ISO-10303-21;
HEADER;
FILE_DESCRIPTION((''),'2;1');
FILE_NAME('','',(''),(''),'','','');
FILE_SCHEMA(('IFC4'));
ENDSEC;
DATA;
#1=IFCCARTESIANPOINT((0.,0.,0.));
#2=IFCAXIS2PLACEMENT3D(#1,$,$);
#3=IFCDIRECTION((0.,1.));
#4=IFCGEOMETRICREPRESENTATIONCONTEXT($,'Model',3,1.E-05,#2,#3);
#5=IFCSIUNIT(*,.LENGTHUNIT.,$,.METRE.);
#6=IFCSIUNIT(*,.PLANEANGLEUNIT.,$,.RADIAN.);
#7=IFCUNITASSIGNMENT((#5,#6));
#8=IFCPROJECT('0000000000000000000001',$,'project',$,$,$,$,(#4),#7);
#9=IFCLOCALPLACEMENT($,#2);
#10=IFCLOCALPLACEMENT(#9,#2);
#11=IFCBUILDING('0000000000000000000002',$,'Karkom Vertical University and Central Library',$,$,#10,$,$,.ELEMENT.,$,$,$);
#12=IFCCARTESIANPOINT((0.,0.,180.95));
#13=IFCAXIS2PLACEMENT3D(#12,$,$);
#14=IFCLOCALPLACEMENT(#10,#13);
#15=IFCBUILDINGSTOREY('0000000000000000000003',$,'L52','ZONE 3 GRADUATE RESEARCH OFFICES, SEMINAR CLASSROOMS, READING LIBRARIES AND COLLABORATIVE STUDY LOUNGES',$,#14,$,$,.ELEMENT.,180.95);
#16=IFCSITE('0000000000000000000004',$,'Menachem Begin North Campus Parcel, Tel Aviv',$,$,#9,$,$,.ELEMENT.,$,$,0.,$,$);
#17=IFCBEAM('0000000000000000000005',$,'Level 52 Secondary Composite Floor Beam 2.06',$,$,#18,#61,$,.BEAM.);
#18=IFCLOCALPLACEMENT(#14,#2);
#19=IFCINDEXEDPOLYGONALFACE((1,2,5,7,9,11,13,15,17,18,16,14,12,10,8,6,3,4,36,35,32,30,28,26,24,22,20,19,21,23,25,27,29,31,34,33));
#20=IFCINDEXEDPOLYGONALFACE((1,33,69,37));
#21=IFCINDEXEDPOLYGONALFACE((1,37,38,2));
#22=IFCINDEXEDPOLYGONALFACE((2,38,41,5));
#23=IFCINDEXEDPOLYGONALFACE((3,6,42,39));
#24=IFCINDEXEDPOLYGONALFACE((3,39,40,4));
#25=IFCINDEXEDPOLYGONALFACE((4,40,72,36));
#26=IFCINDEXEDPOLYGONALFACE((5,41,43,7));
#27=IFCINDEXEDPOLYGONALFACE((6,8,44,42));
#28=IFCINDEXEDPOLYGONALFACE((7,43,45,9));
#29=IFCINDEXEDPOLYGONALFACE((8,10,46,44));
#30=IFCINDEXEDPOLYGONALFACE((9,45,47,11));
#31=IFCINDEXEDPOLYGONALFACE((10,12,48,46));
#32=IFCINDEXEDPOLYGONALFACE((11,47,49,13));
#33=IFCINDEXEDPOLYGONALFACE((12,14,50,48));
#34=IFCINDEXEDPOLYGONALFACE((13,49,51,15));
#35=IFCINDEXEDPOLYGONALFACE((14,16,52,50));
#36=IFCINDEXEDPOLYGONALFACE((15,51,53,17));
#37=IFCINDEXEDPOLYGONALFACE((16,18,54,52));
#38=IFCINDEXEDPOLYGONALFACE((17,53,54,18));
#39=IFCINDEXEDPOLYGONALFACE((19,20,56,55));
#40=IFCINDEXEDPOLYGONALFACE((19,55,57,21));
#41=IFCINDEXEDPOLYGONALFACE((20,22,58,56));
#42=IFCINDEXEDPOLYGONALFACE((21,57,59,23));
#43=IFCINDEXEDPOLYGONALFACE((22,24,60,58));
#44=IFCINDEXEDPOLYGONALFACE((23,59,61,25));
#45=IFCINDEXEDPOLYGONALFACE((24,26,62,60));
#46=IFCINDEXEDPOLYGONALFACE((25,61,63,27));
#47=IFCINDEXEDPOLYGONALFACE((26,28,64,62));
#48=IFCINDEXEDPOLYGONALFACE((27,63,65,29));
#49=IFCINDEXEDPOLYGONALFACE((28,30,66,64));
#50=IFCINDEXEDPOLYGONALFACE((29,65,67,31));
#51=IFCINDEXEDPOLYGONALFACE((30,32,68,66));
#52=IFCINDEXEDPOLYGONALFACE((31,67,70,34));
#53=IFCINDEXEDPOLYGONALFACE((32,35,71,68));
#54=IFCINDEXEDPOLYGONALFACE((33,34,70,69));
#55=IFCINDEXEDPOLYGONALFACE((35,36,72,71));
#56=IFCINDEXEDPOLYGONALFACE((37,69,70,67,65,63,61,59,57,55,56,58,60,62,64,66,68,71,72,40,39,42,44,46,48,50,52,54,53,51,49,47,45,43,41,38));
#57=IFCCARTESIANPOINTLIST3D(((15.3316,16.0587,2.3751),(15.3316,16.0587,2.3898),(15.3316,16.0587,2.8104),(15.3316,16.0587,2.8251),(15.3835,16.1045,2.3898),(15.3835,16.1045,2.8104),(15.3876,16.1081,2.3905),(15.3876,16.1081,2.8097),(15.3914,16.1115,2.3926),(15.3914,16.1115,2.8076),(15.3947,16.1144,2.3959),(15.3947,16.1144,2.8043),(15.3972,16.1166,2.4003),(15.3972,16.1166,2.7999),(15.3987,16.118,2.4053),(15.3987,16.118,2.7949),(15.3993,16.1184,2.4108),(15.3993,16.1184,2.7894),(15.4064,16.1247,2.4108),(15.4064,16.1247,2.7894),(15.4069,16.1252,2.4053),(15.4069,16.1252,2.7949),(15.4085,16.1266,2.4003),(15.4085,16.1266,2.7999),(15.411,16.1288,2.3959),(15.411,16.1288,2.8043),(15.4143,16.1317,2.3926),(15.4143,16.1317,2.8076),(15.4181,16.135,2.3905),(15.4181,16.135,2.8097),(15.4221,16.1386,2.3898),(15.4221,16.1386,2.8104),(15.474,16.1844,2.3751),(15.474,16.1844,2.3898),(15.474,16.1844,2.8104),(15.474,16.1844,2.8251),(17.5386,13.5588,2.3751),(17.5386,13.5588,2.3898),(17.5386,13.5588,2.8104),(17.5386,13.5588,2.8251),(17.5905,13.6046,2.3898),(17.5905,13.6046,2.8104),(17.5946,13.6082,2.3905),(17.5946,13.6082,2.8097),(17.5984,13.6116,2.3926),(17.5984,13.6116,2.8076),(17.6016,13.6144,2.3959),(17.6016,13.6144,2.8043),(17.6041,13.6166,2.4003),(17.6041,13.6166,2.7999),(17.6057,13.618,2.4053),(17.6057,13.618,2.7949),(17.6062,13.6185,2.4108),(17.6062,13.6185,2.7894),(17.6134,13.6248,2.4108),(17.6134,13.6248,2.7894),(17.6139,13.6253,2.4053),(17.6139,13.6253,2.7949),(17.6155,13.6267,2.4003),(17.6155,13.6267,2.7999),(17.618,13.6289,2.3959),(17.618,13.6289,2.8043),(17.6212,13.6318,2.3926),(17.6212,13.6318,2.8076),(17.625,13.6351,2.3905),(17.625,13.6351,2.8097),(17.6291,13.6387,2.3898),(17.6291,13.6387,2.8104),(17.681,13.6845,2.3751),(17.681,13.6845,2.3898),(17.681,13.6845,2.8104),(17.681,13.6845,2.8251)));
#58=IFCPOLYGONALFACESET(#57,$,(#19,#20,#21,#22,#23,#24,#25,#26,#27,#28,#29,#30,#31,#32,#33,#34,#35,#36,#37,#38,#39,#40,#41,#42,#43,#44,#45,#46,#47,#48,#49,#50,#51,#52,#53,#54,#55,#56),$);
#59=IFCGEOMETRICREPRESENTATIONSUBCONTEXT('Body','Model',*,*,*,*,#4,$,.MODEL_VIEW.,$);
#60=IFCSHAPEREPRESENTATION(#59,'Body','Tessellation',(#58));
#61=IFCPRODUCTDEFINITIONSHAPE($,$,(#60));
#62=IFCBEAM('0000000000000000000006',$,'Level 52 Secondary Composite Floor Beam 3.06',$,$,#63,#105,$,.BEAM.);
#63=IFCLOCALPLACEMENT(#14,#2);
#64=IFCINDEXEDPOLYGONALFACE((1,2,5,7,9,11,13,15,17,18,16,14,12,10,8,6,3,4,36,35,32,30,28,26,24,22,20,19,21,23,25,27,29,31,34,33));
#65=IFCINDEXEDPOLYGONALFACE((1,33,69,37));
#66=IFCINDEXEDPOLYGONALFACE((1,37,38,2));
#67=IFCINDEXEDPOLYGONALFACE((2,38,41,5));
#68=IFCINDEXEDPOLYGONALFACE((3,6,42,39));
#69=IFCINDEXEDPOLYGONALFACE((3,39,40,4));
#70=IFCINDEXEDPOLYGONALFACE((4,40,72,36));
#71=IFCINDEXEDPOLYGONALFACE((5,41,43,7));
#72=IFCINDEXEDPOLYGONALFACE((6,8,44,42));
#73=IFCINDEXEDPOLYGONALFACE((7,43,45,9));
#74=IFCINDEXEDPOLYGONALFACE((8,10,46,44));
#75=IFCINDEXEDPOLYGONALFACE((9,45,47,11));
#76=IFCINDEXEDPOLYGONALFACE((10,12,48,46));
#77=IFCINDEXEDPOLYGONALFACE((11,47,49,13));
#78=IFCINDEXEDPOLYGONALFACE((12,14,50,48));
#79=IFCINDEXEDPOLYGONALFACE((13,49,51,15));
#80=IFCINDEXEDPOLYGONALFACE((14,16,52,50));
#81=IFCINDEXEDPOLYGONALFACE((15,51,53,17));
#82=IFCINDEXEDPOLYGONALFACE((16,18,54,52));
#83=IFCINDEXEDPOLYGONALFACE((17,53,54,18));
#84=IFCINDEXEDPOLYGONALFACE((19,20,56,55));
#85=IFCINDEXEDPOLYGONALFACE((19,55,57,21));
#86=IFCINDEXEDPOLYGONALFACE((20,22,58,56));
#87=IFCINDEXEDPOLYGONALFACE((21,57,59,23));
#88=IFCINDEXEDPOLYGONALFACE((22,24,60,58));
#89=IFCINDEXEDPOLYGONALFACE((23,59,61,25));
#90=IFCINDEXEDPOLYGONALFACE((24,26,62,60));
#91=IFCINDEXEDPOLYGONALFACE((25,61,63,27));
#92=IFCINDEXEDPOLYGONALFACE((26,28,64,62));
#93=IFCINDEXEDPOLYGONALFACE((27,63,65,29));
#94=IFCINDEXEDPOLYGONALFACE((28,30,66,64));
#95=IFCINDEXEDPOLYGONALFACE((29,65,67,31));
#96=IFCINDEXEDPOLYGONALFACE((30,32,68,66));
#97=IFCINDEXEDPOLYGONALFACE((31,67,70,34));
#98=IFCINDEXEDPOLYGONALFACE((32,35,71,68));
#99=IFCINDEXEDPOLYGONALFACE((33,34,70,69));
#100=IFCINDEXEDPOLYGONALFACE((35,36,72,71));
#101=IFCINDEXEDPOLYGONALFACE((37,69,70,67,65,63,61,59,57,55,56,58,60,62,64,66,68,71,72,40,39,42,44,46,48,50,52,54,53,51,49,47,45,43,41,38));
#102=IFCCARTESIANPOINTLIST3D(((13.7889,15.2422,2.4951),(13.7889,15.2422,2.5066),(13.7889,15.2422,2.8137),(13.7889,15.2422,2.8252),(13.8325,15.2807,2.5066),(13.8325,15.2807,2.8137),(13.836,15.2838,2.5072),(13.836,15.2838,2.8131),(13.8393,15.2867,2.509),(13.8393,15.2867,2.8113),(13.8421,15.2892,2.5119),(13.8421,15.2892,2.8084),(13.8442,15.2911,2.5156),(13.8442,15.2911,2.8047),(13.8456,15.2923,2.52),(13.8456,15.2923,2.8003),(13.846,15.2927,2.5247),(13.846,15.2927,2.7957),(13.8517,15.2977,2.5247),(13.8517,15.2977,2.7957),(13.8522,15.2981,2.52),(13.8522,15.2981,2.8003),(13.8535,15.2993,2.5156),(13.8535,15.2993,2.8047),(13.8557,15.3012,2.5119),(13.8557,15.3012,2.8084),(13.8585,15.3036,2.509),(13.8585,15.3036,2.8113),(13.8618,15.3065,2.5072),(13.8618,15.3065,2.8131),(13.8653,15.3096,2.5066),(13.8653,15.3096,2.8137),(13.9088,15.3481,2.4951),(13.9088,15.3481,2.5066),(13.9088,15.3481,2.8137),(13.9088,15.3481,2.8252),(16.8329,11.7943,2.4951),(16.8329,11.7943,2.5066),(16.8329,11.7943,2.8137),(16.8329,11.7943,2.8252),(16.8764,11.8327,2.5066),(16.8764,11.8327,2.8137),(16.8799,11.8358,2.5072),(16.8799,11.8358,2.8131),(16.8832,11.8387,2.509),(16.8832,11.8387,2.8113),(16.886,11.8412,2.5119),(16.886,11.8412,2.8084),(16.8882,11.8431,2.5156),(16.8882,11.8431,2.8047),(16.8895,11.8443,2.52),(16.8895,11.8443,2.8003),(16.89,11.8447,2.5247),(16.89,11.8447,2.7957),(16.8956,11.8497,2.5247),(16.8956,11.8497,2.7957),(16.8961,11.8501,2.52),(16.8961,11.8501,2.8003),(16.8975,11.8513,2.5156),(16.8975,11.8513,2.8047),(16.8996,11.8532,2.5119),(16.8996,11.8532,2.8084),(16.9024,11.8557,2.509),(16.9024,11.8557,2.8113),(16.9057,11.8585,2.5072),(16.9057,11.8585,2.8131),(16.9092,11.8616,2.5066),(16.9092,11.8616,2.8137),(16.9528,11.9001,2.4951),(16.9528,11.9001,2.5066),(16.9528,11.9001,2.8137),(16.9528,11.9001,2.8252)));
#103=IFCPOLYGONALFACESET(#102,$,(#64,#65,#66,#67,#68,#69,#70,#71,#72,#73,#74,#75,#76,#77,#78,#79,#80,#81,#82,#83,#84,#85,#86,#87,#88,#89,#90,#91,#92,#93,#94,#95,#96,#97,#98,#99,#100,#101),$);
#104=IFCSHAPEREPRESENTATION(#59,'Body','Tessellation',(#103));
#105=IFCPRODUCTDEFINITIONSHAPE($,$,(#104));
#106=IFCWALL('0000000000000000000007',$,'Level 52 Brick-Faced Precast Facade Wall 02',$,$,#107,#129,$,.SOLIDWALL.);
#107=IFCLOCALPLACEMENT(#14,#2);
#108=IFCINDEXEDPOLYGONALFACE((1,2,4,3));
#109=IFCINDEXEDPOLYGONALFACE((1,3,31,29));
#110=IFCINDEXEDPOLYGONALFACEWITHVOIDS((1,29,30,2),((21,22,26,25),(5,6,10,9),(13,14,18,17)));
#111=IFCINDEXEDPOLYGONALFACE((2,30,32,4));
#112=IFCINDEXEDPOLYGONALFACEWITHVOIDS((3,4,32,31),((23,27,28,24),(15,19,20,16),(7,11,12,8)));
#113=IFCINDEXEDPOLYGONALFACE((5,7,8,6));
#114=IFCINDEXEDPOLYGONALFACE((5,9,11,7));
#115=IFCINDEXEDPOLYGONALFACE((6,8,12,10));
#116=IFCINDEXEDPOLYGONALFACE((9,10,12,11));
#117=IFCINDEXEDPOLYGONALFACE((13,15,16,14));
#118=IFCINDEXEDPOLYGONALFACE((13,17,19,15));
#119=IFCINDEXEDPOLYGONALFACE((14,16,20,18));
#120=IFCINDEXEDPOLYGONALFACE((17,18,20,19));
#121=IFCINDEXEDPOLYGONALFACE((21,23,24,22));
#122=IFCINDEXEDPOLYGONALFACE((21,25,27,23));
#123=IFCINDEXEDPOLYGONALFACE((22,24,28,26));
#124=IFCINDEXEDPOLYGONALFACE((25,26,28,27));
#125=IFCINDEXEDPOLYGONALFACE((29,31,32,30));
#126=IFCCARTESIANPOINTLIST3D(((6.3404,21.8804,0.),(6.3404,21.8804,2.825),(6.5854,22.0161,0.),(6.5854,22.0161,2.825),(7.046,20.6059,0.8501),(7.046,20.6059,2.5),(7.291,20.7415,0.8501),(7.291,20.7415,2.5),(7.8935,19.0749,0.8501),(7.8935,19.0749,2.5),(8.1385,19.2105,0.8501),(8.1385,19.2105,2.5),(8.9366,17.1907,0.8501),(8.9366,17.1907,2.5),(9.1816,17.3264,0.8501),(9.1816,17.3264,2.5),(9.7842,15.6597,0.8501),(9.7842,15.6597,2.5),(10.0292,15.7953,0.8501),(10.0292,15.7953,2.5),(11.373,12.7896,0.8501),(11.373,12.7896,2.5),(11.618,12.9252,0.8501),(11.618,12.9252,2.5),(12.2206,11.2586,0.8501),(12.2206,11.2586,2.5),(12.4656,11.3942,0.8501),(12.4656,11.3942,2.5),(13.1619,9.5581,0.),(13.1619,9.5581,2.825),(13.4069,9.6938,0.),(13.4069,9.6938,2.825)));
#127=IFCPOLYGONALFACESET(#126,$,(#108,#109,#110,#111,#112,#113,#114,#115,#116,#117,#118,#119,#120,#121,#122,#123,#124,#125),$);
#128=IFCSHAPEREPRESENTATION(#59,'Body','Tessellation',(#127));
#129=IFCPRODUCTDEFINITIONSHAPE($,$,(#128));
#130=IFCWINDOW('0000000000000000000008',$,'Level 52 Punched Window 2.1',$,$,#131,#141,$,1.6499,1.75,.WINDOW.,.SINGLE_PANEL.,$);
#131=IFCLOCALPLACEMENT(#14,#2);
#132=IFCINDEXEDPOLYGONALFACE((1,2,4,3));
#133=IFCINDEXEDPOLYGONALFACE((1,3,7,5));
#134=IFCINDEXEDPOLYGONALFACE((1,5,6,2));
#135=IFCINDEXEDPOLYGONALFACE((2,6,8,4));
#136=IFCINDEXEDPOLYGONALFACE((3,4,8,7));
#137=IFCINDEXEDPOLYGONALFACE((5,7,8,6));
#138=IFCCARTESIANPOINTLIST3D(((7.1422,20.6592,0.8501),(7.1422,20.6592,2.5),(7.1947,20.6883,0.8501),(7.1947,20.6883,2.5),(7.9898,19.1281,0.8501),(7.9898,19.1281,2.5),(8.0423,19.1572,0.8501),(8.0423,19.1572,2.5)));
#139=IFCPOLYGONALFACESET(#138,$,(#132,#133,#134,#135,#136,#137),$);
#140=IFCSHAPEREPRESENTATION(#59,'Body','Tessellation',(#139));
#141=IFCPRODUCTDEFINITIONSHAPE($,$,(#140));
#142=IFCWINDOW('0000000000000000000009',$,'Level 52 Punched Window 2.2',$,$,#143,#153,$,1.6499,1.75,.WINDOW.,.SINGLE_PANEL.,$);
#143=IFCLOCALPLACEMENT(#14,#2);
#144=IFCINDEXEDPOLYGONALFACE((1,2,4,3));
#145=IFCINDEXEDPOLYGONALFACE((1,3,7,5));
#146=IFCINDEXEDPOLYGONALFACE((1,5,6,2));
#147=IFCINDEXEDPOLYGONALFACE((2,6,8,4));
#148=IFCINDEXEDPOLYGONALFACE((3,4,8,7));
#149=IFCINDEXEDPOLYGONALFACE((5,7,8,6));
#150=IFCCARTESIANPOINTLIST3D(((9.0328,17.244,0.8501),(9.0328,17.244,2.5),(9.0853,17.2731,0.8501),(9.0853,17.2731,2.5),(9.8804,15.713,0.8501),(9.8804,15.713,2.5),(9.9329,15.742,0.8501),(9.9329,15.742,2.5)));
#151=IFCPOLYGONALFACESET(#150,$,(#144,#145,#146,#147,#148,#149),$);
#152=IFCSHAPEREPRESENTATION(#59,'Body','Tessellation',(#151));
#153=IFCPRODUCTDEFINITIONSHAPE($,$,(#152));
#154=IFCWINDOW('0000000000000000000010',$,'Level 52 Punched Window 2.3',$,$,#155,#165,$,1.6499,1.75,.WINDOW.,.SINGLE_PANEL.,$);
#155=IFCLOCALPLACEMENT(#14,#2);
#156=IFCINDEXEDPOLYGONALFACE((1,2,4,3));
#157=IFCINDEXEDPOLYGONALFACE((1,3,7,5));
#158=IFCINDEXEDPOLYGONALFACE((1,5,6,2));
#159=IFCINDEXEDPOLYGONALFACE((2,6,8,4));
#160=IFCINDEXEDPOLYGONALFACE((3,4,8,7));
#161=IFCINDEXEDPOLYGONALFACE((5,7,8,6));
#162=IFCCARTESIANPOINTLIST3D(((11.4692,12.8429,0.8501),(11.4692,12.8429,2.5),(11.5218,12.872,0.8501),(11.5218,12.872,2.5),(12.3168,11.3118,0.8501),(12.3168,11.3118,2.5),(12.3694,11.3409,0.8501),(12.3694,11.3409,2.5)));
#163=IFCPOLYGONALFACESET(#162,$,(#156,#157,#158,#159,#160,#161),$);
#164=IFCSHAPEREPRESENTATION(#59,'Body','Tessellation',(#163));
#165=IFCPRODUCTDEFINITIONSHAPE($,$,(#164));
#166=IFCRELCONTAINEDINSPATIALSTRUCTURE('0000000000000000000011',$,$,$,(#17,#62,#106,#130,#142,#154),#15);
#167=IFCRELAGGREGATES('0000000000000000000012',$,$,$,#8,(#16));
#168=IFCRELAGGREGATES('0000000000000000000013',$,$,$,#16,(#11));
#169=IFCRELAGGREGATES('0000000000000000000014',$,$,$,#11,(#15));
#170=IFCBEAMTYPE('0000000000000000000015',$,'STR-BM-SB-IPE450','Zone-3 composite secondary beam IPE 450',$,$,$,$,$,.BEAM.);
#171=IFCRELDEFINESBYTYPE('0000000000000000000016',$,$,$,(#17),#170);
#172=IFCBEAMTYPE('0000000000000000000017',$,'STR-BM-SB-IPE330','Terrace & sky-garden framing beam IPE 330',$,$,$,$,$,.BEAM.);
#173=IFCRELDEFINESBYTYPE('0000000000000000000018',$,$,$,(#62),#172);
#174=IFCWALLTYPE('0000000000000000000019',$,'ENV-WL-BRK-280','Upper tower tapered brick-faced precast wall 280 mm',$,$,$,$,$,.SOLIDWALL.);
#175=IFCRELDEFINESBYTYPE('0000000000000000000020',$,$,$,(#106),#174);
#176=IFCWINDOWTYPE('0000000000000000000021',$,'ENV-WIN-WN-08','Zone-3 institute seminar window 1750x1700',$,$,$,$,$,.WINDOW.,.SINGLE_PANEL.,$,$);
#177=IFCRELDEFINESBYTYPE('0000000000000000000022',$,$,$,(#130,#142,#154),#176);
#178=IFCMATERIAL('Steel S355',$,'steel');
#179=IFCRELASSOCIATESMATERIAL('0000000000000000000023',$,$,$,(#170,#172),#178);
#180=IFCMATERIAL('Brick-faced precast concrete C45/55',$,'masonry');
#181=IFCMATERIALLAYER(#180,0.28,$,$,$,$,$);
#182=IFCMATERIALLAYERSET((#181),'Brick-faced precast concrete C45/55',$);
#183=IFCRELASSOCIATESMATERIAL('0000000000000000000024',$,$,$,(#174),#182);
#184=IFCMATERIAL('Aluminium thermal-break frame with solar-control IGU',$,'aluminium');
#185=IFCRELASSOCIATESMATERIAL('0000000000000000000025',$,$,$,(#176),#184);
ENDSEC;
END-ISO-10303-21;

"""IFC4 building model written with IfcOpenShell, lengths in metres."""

from ifc_helpers import new_model, si_unit, direction, frame, frame_2d, origin, origin_with_axes, origin_2d, place, context, subcontext, project, spatial, rectangle, i_section, extrude, source, transform, mapped, material, layer, layer_set, material_profile, profile_set, type_object, element, fill, save


model = new_model("IFC4")

# Units and contexts
model_context = context("Model", 3, precision=1e-05, world=origin(), true_north=direction((0.0, 1.0)))
body_context = subcontext(model_context, "Body", "Model", "MODEL_VIEW")
ifc_project = project(units=[si_unit("LENGTHUNIT", "METRE"), si_unit("PLANEANGLEUNIT", "RADIAN")], contexts=[model_context])

# Site, building, storey
site_placement = place(None, origin())
site = spatial("IfcSite", under=ifc_project, at=site_placement, Name="Menachem Begin North Campus Parcel, Tel Aviv", CompositionType="ELEMENT", RefElevation=0.0)
building_placement = place(site_placement, origin())
building = spatial("IfcBuilding", under=site, at=building_placement, Name="Karkom Vertical University and Central Library", CompositionType="ELEMENT")
storey_placement = place(building_placement, frame((0.0, 0.0, 180.95)))
storey = spatial("IfcBuildingStorey", under=building, at=storey_placement, Name="L52", Description="ZONE 3 GRADUATE RESEARCH OFFICES, SEMINAR CLASSROOMS, READING LIBRARIES AND COLLABORATIVE STUDY LOUNGES", CompositionType="ELEMENT", Elevation=180.95)

# Beams
ifc_material_1 = material(Name="Steel S355", Category="steel")
ifc_material_profile_1 = material_profile(ifc_material_1, i_section(OverallWidth=0.1899, OverallDepth=0.45, WebThickness=0.0095, FlangeThickness=0.0146, FilletRadius=0.021, at=origin_2d()), Name="IPE 450")
ifc_profile_set_1 = profile_set([ifc_material_profile_1], Name="Steel S355")
beam_type_1 = type_object("IfcBeamType", Name="STR-BM-SB-IPE450", Description="Zone-3 composite secondary beam IPE 450", PredefinedType="BEAM", material=ifc_profile_set_1)
shared_shape_1 = source(origin_with_axes(), body_context, "Body", "SweptSolid", [
    extrude(i_section(OverallWidth=0.1899, OverallDepth=0.45, WebThickness=0.0095, FlangeThickness=0.0146, FilletRadius=0.021, at=origin_2d()), origin(), (0.0, 0.0, 1.0), 3.3347),
])
beam_1_placement = place(storey_placement, frame((15.4028, 16.1216, 2.6001), z_axis=(0.661815, -0.749667, 0.0), x_axis=(0.749667, 0.661815, 0.0)))
element("IfcBeam", 1, at=beam_1_placement, inside=storey, type_object=beam_type_1, Name="Level 52 Secondary Composite Floor Beam 2.06", PredefinedType="BEAM", context=body_context, shape_type="MappedRepresentation", body=[
    mapped(shared_shape_1, transform((0.0, 0.0, 0.0), scale=1.0)),
])
ifc_material_profile_2 = material_profile(ifc_material_1, i_section(OverallWidth=0.1599, OverallDepth=0.3301, WebThickness=0.0076, FlangeThickness=0.0115, FilletRadius=0.0181, at=origin_2d()), Name="IPE 330")
ifc_profile_set_2 = profile_set([ifc_material_profile_2], Name="Steel S355")
beam_type_2 = type_object("IfcBeamType", Name="STR-BM-SB-IPE330", Description="Terrace & sky-garden framing beam IPE 330", PredefinedType="BEAM", material=ifc_profile_set_2)
shared_shape_2 = source(origin_with_axes(), body_context, "Body", "SweptSolid", [
    extrude(i_section(OverallWidth=0.1599, OverallDepth=0.3301, WebThickness=0.0076, FlangeThickness=0.0115, FilletRadius=0.0181, at=origin_2d()), origin(), (0.0, 0.0, 1.0), 4.5994),
])
beam_2_placement = place(storey_placement, frame((13.8489, 15.2952, 2.6602), z_axis=(0.661816, -0.749666, 0.0), x_axis=(0.749666, 0.661816, 0.0)))
element("IfcBeam", 2, at=beam_2_placement, inside=storey, type_object=beam_type_2, Name="Level 52 Secondary Composite Floor Beam 3.06", PredefinedType="BEAM", context=body_context, shape_type="MappedRepresentation", body=[
    mapped(shared_shape_2, transform((0.0, 0.0, 0.0), scale=1.0)),
])

# Wall, openings, windows
ifc_material_2 = material(Name="Brick-faced precast concrete C45/55", Category="masonry")
ifc_layer_1 = layer(ifc_material_2, 0.28)
ifc_layer_set_1 = layer_set([ifc_layer_1], Name="Brick-faced precast concrete C45/55")
wall_type_1 = type_object("IfcWallType", Name="ENV-WL-BRK-280", Description="Upper tower tapered brick-faced precast wall 280 mm", PredefinedType="SOLIDWALL", material=ifc_layer_set_1)
wall_1_placement = place(storey_placement, frame((6.4629, 21.9482, 0.0), z_axis=(0.0, 0.0, 1.0), x_axis=(0.484331, -0.874885, 0.0)))
wall_1 = element("IfcWall", 3, at=wall_1_placement, inside=storey, type_object=wall_type_1, Name="Level 52 Brick-Faced Precast Facade Wall 02", PredefinedType="SOLIDWALL", context=body_context, shape_type="SweptSolid", body=[
    extrude(rectangle(XDim=14.0845, YDim=0.28, at=frame_2d((7.0422, 0.0))), origin(), (0.0, 0.0, 1.0), 2.825),
])
opening_1_placement = place(wall_1_placement, frame((1.4568, 0.0, 0.8501)))
opening_1 = element("IfcOpeningElement", 4, at=opening_1_placement, cuts=wall_1, PredefinedType="OPENING", context=body_context, shape_type="SweptSolid", body=[
    extrude(rectangle(XDim=1.75, YDim=1.6499, at=frame_2d((0.875, 0.825))), frame((0.0, 0.1499, 0.0), z_axis=(0.0, -1.0, 0.0), x_axis=(1.0, 0.0, 0.0)), (0.0, 0.0, 1.0), 0.3),
])
opening_2_placement = place(wall_1_placement, frame((5.3604, 0.0, 0.8501)))
opening_2 = element("IfcOpeningElement", 5, at=opening_2_placement, cuts=wall_1, PredefinedType="OPENING", context=body_context, shape_type="SweptSolid", body=[
    extrude(rectangle(XDim=1.75, YDim=1.6499, at=frame_2d((0.875, 0.825))), frame((0.0, 0.1499, 0.0), z_axis=(0.0, -1.0, 0.0), x_axis=(1.0, 0.0, 0.0)), (0.0, 0.0, 1.0), 0.3),
])
opening_3_placement = place(wall_1_placement, frame((10.3909, 0.0, 0.8501)))
opening_3 = element("IfcOpeningElement", 6, at=opening_3_placement, cuts=wall_1, PredefinedType="OPENING", context=body_context, shape_type="SweptSolid", body=[
    extrude(rectangle(XDim=1.75, YDim=1.6499, at=frame_2d((0.875, 0.825))), frame((0.0, 0.1499, 0.0), z_axis=(0.0, -1.0, 0.0), x_axis=(1.0, 0.0, 0.0)), (0.0, 0.0, 1.0), 0.3),
])
ifc_material_3 = material(Name="Aluminium thermal-break frame with solar-control IGU", Category="aluminium")
window_type = type_object("IfcWindowType", Name="ENV-WIN-WN-08", Description="Zone-3 institute seminar window 1750x1700", PartitioningType="SINGLE_PANEL", PredefinedType="WINDOW", material=ifc_material_3)
shared_shape_3 = source(origin_with_axes(), body_context, "Body", "SweptSolid", [
    extrude(rectangle(XDim=1.75, YDim=1.6499, at=frame_2d((0.875, 0.825))), frame((0.0, 0.03, 0.0), z_axis=(0.0, -1.0, 0.0), x_axis=(1.0, 0.0, 0.0)), (0.0, 0.0, 1.0), 0.0601),
])
window_1_placement = place(opening_1_placement, origin())
window_1 = element("IfcWindow", 7, at=window_1_placement, inside=storey, type_object=window_type, Name="Level 52 Punched Window 2.1", OverallHeight=1.6499, OverallWidth=1.75, PartitioningType="SINGLE_PANEL", PredefinedType="WINDOW", context=body_context, shape_type="MappedRepresentation", body=[
    mapped(shared_shape_3, transform((0.0, 0.0, 0.0), scale=1.0)),
])
fill(opening_1, window_1)
window_2_placement = place(opening_2_placement, origin())
window_2 = element("IfcWindow", 8, at=window_2_placement, inside=storey, type_object=window_type, Name="Level 52 Punched Window 2.2", OverallHeight=1.6499, OverallWidth=1.75, PartitioningType="SINGLE_PANEL", PredefinedType="WINDOW", context=body_context, shape_type="MappedRepresentation", body=[
    mapped(shared_shape_3, transform((0.0, 0.0, 0.0), scale=1.0)),
])
fill(opening_2, window_2)
window_3_placement = place(opening_3_placement, origin())
window_3 = element("IfcWindow", 9, at=window_3_placement, inside=storey, type_object=window_type, Name="Level 52 Punched Window 2.3", OverallHeight=1.6499, OverallWidth=1.75, PartitioningType="SINGLE_PANEL", PredefinedType="WINDOW", context=body_context, shape_type="MappedRepresentation", body=[
    mapped(shared_shape_3, transform((0.0, 0.0, 0.0), scale=1.0)),
])
fill(opening_3, window_3)

save(model, "model.ifc")
